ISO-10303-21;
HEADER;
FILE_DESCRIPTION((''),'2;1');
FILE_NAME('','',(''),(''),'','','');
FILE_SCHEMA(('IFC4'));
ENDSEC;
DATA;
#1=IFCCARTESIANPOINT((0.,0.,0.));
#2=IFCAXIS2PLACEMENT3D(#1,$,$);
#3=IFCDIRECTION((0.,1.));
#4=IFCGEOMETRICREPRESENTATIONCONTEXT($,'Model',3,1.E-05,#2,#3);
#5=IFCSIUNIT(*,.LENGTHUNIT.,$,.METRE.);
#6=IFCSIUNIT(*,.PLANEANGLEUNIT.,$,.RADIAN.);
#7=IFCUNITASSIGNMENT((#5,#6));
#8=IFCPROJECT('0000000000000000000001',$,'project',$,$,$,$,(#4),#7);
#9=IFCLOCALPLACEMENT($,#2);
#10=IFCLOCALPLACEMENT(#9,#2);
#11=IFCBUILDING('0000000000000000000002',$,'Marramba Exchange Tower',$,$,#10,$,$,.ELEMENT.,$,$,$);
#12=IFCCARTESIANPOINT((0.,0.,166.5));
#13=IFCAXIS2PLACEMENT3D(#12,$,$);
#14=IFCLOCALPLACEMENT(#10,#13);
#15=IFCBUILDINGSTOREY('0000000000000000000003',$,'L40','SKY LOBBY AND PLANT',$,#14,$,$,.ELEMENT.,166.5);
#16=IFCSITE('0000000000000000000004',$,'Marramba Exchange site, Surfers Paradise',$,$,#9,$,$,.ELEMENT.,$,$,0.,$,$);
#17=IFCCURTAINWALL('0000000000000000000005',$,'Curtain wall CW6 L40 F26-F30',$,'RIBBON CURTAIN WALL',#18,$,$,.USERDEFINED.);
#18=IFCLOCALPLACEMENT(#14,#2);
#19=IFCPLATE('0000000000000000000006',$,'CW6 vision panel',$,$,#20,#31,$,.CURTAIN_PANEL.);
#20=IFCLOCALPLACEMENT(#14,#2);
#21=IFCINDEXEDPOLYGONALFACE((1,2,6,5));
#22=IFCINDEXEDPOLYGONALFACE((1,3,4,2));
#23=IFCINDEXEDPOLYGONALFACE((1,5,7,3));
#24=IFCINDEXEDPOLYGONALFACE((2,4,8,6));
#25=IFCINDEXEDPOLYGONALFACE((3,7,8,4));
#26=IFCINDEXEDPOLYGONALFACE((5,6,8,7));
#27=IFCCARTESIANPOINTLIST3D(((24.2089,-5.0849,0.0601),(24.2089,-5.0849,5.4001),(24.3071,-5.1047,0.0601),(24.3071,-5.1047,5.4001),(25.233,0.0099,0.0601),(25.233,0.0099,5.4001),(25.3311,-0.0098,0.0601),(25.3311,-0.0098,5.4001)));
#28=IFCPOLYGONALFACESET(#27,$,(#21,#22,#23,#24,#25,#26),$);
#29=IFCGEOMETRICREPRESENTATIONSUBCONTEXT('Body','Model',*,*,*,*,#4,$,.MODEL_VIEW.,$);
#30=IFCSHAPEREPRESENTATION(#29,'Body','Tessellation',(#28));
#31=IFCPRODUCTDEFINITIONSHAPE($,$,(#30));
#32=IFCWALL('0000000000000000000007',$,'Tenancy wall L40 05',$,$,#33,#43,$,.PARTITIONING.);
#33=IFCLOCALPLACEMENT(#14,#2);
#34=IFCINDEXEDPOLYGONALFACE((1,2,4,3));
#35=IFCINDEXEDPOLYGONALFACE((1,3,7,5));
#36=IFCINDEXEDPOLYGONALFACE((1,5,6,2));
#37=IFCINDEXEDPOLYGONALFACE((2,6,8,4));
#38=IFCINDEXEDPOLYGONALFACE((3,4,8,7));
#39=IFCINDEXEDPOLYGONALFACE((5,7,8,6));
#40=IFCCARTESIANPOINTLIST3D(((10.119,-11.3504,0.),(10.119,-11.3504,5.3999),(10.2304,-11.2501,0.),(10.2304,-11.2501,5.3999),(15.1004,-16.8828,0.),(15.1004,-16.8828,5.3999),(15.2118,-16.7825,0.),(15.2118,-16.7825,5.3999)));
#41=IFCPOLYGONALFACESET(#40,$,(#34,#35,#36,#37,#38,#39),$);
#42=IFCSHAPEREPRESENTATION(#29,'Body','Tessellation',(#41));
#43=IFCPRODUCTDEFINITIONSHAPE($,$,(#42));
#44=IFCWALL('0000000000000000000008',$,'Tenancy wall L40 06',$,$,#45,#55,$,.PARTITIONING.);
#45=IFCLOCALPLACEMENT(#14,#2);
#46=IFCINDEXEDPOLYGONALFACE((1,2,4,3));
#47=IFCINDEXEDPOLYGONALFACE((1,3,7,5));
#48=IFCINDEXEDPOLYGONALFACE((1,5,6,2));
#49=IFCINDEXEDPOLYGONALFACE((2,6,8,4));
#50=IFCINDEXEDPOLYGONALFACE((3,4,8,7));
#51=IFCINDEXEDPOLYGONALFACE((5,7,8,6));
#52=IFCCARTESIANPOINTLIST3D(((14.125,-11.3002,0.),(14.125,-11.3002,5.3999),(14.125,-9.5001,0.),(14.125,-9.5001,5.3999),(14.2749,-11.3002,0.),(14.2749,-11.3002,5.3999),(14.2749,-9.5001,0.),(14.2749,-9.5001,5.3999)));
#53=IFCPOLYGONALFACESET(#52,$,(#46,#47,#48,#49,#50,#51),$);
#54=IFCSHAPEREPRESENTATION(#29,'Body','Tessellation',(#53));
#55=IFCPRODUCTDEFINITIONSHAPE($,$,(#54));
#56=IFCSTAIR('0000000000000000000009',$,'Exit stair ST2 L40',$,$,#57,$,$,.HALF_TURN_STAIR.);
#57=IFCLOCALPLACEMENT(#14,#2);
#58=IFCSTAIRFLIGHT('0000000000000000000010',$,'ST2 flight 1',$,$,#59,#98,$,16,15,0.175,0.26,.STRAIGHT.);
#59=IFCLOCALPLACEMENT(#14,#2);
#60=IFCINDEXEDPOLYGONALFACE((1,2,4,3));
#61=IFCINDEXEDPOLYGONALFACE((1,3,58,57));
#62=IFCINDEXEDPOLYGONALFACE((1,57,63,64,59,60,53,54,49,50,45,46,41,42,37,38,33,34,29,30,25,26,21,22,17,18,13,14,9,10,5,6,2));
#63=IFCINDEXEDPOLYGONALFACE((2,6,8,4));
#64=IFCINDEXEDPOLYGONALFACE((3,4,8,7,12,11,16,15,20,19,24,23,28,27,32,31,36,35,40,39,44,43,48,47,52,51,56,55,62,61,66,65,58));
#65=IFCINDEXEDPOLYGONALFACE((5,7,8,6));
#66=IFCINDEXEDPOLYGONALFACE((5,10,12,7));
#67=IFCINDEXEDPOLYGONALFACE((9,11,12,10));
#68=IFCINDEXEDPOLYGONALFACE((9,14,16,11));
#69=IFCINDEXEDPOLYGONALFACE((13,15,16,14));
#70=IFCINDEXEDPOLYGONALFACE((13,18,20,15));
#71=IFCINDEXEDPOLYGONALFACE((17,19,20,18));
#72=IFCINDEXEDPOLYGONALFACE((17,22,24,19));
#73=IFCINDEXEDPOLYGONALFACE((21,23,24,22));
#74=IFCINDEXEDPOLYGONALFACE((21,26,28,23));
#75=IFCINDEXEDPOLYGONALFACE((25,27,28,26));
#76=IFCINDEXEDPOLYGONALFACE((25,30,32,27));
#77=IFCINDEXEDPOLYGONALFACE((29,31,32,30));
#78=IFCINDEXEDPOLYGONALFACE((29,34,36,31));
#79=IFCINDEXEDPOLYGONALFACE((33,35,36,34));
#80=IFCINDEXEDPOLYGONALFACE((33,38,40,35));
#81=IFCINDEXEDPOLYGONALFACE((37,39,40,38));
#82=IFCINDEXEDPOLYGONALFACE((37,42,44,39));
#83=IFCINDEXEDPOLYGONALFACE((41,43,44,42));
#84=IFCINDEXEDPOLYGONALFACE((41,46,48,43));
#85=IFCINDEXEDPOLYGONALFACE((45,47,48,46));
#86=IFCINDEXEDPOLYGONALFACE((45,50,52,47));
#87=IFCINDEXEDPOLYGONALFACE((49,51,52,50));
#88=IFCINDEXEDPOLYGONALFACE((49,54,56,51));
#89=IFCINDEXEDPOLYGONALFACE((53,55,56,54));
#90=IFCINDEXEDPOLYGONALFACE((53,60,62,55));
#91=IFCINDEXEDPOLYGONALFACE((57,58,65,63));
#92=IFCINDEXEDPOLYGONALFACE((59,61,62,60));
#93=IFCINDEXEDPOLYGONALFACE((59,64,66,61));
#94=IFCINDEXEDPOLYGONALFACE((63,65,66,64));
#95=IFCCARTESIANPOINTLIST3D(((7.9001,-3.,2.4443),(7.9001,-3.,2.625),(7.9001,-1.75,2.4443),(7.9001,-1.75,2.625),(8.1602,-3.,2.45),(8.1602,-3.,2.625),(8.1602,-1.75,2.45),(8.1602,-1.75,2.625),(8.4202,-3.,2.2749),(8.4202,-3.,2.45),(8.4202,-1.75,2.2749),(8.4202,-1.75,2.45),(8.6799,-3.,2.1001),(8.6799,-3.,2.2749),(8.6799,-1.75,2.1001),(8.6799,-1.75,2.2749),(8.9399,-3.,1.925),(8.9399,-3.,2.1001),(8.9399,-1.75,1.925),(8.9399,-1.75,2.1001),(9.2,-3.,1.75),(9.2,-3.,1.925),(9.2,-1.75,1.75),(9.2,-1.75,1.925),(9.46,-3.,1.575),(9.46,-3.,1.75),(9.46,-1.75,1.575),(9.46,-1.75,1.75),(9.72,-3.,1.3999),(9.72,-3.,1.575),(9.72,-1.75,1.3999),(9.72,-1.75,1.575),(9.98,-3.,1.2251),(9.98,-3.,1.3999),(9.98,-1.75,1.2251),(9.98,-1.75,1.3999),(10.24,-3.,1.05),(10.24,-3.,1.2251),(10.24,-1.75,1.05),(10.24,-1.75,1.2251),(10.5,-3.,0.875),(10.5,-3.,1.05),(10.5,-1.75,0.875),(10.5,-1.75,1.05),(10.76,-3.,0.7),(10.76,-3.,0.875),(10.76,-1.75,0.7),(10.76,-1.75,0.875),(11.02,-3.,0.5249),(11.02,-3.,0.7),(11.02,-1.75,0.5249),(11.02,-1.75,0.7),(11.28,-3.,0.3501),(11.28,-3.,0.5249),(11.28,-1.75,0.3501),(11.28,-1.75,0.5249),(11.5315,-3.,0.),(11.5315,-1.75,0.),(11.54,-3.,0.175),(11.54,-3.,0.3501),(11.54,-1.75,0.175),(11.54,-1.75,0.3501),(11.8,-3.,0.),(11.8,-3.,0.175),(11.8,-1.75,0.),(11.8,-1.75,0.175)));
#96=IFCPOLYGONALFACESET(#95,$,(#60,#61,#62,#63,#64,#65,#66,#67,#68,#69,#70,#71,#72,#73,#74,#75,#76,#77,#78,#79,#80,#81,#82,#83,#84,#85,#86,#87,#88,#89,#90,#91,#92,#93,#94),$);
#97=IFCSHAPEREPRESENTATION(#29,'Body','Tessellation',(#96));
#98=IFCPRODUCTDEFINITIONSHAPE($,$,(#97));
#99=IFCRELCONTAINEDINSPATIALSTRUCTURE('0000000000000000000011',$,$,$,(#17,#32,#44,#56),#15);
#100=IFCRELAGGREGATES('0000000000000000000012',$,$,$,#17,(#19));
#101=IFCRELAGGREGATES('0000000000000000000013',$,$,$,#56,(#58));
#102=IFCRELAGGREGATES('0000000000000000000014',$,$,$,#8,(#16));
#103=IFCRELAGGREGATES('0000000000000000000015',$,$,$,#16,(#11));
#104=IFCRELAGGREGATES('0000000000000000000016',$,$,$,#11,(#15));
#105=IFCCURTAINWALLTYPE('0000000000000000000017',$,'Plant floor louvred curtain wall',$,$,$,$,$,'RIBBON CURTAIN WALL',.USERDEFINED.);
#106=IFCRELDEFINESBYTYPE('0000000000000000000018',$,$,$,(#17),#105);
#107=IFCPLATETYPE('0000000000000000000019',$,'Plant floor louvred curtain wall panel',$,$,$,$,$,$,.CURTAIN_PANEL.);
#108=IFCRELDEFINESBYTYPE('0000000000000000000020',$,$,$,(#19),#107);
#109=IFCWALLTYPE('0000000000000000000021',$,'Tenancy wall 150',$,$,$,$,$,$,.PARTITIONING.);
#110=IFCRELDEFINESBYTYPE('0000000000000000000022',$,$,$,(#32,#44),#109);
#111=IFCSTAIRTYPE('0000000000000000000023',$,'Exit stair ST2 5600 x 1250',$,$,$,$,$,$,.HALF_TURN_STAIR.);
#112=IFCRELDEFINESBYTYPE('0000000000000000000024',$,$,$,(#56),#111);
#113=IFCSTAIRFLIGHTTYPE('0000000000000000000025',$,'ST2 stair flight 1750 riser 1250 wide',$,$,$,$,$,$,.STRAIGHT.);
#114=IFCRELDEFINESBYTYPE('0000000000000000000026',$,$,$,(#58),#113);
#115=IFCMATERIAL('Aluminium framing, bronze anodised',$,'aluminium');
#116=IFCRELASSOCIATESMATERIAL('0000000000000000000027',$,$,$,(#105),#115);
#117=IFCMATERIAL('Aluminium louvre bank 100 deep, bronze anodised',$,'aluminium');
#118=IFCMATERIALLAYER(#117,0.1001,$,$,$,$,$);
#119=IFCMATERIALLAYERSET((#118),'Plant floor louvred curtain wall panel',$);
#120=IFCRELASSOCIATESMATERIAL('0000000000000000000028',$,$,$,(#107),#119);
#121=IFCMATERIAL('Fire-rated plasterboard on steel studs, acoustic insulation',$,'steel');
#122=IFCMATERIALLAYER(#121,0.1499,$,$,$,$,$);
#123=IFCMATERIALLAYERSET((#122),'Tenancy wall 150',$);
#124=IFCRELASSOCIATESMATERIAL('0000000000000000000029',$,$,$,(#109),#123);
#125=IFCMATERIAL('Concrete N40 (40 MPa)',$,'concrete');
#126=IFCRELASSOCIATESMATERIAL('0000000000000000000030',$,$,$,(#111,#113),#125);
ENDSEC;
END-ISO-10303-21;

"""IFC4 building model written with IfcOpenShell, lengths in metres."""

from ifc_helpers import new_model, si_unit, direction, frame, frame_2d, origin, origin_2d, place, context, subcontext, project, spatial, polyline, rectangle, outline, extrude, material, layer, layer_set, type_object, element, aggregate, save


model = new_model("IFC4")

# Units and contexts
model_context = context("Model", 3, precision=1e-05, world=origin(), true_north=direction((0.0, 1.0)))
body_context = subcontext(model_context, "Body", "Model", "MODEL_VIEW")
ifc_project = project(units=[si_unit("LENGTHUNIT", "METRE"), si_unit("PLANEANGLEUNIT", "RADIAN")], contexts=[model_context])

# Site, building, storey
site_placement = place(None, origin())
site = spatial("IfcSite", under=ifc_project, at=site_placement, Name="Marramba Exchange site, Surfers Paradise", CompositionType="ELEMENT", RefElevation=0.0)
building_placement = place(site_placement, origin())
building = spatial("IfcBuilding", under=site, at=building_placement, Name="Marramba Exchange Tower", CompositionType="ELEMENT")
storey_placement = place(building_placement, frame((0.0, 0.0, 166.5)))
storey = spatial("IfcBuildingStorey", under=building, at=storey_placement, Name="L40", Description="SKY LOBBY AND PLANT", CompositionType="ELEMENT", Elevation=166.5)

# Curtain wall
ifc_material_1 = material(Name="Aluminium framing, bronze anodised", Category="aluminium")
curtain_wall_type = type_object("IfcCurtainWallType", Name="Plant floor louvred curtain wall", ElementType="RIBBON CURTAIN WALL", PredefinedType="USERDEFINED", material=ifc_material_1)
curtain_wall_placement = place(storey_placement, origin())
curtain_wall = element("IfcCurtainWall", 1, at=curtain_wall_placement, inside=storey, type_object=curtain_wall_type, Name="Curtain wall CW6 L40 F26-F30", ObjectType="RIBBON CURTAIN WALL", PredefinedType="USERDEFINED")

# Plate
ifc_material_2 = material(Name="Aluminium louvre bank 100 deep, bronze anodised", Category="aluminium")
ifc_layer_1 = layer(ifc_material_2, 0.1001)
ifc_layer_set_1 = layer_set([ifc_layer_1], Name="Plant floor louvred curtain wall panel")
plate_type = type_object("IfcPlateType", Name="Plant floor louvred curtain wall panel", PredefinedType="CURTAIN_PANEL", material=ifc_layer_set_1)
plate_1_placement = place(storey_placement, frame((24.77, -2.5474, 0.0601), z_axis=(0.0, 0.0, 1.0), x_axis=(0.197049, 0.980394, 0.0)))
plate_1 = element("IfcPlate", 2, at=plate_1_placement, type_object=plate_type, Name="CW6 vision panel", PredefinedType="CURTAIN_PANEL", context=body_context, shape_type="SweptSolid", body=[
    extrude(rectangle(XDim=5.1968, YDim=0.1001, at=origin_2d()), origin(), (0.0, 0.0, 1.0), 5.3401),
])
aggregate(curtain_wall, [plate_1])

# Walls
ifc_material_3 = material(Name="Fire-rated plasterboard on steel studs, acoustic insulation", Category="steel")
ifc_layer_2 = layer(ifc_material_3, 0.1499)
ifc_layer_set_2 = layer_set([ifc_layer_2], Name="Tenancy wall 150")
wall_type_1 = type_object("IfcWallType", Name="Tenancy wall 150", PredefinedType="PARTITIONING", material=ifc_layer_set_2)
wall_1_placement = place(storey_placement, frame((15.156, -16.8325, 0.0), z_axis=(0.0, 0.0, 1.0), x_axis=(-0.66913, 0.743146, 0.0)))
element("IfcWall", 3, at=wall_1_placement, inside=storey, type_object=wall_type_1, Name="Tenancy wall L40 05", PredefinedType="PARTITIONING", context=body_context, shape_type="SweptSolid", body=[
    extrude(rectangle(XDim=7.4446, YDim=0.1499, at=frame_2d((3.7222, 0.0))), origin(), (0.0, 0.0, 1.0), 5.3999),
])
wall_2_placement = place(storey_placement, frame((14.2, -11.3, 0.0), z_axis=(0.0, 0.0, 1.0), x_axis=(0.0, 1.0, 0.0)))
element("IfcWall", 4, at=wall_2_placement, inside=storey, type_object=wall_type_1, Name="Tenancy wall L40 06", PredefinedType="PARTITIONING", context=body_context, shape_type="SweptSolid", body=[
    extrude(rectangle(XDim=1.8, YDim=0.1499, at=frame_2d((0.8999, 0.0))), origin(), (0.0, 0.0, 1.0), 5.3999),
])

# Stair, stair flight
ifc_material_4 = material(Name="Concrete N40 (40 MPa)", Category="concrete")
stair_type = type_object("IfcStairType", Name="Exit stair ST2 5600 x 1250", PredefinedType="HALF_TURN_STAIR", material=ifc_material_4)
stair_placement = place(storey_placement, origin())
stair = element("IfcStair", 5, at=stair_placement, inside=storey, type_object=stair_type, Name="Exit stair ST2 L40", PredefinedType="HALF_TURN_STAIR")
stair_flight_type = type_object("IfcStairFlightType", Name="ST2 stair flight 1750 riser 1250 wide", PredefinedType="STRAIGHT", material=ifc_material_4)
stair_flight_placement = place(storey_placement, frame((11.8, -2.375, 0.0), z_axis=(0.0, 0.0, 1.0), x_axis=(-1.0, 0.0, 0.0)))
stair_flight = element("IfcStairFlight", 6, at=stair_flight_placement, type_object=stair_flight_type, Name="ST2 flight 1", NumberOfRisers=16, NumberOfTreads=15, PredefinedType="STRAIGHT", RiserHeight=0.175, TreadLength=0.26, context=body_context, shape_type="SweptSolid", body=[
    extrude(outline(polyline([(0.0, 0.0), (0.0, 0.175), (0.26, 0.175), (0.26, 0.3501), (0.52, 0.3501), (0.52, 0.5249), (0.78, 0.5249), (0.78, 0.7), (1.04, 0.7), (1.04, 0.875), (1.3, 0.875), (1.3, 1.05), (1.5601, 1.05), (1.5601, 1.2251), (1.8201, 1.2251), (1.8201, 1.3999), (2.0801, 1.3999), (2.0801, 1.575), (2.3401, 1.575), (2.3401, 1.75), (2.6001, 1.75), (2.6001, 1.925), (2.8601, 1.925), (2.8601, 2.1001), (3.1201, 2.1001), (3.1201, 2.2749), (3.3799, 2.2749), (3.3799, 2.45), (3.6399, 2.45), (3.6399, 2.625), (3.8999, 2.625), (3.8999, 2.8), (3.8999, 2.4443), (0.2686, 0.0), (0.0, 0.0)])), frame((0.0, 0.625, 0.0), z_axis=(0.0, -1.0, 0.0), x_axis=(1.0, 0.0, 0.0)), (0.0, 0.0, 1.0), 1.25),
])
aggregate(stair, [stair_flight])

save(model, "model.ifc")
